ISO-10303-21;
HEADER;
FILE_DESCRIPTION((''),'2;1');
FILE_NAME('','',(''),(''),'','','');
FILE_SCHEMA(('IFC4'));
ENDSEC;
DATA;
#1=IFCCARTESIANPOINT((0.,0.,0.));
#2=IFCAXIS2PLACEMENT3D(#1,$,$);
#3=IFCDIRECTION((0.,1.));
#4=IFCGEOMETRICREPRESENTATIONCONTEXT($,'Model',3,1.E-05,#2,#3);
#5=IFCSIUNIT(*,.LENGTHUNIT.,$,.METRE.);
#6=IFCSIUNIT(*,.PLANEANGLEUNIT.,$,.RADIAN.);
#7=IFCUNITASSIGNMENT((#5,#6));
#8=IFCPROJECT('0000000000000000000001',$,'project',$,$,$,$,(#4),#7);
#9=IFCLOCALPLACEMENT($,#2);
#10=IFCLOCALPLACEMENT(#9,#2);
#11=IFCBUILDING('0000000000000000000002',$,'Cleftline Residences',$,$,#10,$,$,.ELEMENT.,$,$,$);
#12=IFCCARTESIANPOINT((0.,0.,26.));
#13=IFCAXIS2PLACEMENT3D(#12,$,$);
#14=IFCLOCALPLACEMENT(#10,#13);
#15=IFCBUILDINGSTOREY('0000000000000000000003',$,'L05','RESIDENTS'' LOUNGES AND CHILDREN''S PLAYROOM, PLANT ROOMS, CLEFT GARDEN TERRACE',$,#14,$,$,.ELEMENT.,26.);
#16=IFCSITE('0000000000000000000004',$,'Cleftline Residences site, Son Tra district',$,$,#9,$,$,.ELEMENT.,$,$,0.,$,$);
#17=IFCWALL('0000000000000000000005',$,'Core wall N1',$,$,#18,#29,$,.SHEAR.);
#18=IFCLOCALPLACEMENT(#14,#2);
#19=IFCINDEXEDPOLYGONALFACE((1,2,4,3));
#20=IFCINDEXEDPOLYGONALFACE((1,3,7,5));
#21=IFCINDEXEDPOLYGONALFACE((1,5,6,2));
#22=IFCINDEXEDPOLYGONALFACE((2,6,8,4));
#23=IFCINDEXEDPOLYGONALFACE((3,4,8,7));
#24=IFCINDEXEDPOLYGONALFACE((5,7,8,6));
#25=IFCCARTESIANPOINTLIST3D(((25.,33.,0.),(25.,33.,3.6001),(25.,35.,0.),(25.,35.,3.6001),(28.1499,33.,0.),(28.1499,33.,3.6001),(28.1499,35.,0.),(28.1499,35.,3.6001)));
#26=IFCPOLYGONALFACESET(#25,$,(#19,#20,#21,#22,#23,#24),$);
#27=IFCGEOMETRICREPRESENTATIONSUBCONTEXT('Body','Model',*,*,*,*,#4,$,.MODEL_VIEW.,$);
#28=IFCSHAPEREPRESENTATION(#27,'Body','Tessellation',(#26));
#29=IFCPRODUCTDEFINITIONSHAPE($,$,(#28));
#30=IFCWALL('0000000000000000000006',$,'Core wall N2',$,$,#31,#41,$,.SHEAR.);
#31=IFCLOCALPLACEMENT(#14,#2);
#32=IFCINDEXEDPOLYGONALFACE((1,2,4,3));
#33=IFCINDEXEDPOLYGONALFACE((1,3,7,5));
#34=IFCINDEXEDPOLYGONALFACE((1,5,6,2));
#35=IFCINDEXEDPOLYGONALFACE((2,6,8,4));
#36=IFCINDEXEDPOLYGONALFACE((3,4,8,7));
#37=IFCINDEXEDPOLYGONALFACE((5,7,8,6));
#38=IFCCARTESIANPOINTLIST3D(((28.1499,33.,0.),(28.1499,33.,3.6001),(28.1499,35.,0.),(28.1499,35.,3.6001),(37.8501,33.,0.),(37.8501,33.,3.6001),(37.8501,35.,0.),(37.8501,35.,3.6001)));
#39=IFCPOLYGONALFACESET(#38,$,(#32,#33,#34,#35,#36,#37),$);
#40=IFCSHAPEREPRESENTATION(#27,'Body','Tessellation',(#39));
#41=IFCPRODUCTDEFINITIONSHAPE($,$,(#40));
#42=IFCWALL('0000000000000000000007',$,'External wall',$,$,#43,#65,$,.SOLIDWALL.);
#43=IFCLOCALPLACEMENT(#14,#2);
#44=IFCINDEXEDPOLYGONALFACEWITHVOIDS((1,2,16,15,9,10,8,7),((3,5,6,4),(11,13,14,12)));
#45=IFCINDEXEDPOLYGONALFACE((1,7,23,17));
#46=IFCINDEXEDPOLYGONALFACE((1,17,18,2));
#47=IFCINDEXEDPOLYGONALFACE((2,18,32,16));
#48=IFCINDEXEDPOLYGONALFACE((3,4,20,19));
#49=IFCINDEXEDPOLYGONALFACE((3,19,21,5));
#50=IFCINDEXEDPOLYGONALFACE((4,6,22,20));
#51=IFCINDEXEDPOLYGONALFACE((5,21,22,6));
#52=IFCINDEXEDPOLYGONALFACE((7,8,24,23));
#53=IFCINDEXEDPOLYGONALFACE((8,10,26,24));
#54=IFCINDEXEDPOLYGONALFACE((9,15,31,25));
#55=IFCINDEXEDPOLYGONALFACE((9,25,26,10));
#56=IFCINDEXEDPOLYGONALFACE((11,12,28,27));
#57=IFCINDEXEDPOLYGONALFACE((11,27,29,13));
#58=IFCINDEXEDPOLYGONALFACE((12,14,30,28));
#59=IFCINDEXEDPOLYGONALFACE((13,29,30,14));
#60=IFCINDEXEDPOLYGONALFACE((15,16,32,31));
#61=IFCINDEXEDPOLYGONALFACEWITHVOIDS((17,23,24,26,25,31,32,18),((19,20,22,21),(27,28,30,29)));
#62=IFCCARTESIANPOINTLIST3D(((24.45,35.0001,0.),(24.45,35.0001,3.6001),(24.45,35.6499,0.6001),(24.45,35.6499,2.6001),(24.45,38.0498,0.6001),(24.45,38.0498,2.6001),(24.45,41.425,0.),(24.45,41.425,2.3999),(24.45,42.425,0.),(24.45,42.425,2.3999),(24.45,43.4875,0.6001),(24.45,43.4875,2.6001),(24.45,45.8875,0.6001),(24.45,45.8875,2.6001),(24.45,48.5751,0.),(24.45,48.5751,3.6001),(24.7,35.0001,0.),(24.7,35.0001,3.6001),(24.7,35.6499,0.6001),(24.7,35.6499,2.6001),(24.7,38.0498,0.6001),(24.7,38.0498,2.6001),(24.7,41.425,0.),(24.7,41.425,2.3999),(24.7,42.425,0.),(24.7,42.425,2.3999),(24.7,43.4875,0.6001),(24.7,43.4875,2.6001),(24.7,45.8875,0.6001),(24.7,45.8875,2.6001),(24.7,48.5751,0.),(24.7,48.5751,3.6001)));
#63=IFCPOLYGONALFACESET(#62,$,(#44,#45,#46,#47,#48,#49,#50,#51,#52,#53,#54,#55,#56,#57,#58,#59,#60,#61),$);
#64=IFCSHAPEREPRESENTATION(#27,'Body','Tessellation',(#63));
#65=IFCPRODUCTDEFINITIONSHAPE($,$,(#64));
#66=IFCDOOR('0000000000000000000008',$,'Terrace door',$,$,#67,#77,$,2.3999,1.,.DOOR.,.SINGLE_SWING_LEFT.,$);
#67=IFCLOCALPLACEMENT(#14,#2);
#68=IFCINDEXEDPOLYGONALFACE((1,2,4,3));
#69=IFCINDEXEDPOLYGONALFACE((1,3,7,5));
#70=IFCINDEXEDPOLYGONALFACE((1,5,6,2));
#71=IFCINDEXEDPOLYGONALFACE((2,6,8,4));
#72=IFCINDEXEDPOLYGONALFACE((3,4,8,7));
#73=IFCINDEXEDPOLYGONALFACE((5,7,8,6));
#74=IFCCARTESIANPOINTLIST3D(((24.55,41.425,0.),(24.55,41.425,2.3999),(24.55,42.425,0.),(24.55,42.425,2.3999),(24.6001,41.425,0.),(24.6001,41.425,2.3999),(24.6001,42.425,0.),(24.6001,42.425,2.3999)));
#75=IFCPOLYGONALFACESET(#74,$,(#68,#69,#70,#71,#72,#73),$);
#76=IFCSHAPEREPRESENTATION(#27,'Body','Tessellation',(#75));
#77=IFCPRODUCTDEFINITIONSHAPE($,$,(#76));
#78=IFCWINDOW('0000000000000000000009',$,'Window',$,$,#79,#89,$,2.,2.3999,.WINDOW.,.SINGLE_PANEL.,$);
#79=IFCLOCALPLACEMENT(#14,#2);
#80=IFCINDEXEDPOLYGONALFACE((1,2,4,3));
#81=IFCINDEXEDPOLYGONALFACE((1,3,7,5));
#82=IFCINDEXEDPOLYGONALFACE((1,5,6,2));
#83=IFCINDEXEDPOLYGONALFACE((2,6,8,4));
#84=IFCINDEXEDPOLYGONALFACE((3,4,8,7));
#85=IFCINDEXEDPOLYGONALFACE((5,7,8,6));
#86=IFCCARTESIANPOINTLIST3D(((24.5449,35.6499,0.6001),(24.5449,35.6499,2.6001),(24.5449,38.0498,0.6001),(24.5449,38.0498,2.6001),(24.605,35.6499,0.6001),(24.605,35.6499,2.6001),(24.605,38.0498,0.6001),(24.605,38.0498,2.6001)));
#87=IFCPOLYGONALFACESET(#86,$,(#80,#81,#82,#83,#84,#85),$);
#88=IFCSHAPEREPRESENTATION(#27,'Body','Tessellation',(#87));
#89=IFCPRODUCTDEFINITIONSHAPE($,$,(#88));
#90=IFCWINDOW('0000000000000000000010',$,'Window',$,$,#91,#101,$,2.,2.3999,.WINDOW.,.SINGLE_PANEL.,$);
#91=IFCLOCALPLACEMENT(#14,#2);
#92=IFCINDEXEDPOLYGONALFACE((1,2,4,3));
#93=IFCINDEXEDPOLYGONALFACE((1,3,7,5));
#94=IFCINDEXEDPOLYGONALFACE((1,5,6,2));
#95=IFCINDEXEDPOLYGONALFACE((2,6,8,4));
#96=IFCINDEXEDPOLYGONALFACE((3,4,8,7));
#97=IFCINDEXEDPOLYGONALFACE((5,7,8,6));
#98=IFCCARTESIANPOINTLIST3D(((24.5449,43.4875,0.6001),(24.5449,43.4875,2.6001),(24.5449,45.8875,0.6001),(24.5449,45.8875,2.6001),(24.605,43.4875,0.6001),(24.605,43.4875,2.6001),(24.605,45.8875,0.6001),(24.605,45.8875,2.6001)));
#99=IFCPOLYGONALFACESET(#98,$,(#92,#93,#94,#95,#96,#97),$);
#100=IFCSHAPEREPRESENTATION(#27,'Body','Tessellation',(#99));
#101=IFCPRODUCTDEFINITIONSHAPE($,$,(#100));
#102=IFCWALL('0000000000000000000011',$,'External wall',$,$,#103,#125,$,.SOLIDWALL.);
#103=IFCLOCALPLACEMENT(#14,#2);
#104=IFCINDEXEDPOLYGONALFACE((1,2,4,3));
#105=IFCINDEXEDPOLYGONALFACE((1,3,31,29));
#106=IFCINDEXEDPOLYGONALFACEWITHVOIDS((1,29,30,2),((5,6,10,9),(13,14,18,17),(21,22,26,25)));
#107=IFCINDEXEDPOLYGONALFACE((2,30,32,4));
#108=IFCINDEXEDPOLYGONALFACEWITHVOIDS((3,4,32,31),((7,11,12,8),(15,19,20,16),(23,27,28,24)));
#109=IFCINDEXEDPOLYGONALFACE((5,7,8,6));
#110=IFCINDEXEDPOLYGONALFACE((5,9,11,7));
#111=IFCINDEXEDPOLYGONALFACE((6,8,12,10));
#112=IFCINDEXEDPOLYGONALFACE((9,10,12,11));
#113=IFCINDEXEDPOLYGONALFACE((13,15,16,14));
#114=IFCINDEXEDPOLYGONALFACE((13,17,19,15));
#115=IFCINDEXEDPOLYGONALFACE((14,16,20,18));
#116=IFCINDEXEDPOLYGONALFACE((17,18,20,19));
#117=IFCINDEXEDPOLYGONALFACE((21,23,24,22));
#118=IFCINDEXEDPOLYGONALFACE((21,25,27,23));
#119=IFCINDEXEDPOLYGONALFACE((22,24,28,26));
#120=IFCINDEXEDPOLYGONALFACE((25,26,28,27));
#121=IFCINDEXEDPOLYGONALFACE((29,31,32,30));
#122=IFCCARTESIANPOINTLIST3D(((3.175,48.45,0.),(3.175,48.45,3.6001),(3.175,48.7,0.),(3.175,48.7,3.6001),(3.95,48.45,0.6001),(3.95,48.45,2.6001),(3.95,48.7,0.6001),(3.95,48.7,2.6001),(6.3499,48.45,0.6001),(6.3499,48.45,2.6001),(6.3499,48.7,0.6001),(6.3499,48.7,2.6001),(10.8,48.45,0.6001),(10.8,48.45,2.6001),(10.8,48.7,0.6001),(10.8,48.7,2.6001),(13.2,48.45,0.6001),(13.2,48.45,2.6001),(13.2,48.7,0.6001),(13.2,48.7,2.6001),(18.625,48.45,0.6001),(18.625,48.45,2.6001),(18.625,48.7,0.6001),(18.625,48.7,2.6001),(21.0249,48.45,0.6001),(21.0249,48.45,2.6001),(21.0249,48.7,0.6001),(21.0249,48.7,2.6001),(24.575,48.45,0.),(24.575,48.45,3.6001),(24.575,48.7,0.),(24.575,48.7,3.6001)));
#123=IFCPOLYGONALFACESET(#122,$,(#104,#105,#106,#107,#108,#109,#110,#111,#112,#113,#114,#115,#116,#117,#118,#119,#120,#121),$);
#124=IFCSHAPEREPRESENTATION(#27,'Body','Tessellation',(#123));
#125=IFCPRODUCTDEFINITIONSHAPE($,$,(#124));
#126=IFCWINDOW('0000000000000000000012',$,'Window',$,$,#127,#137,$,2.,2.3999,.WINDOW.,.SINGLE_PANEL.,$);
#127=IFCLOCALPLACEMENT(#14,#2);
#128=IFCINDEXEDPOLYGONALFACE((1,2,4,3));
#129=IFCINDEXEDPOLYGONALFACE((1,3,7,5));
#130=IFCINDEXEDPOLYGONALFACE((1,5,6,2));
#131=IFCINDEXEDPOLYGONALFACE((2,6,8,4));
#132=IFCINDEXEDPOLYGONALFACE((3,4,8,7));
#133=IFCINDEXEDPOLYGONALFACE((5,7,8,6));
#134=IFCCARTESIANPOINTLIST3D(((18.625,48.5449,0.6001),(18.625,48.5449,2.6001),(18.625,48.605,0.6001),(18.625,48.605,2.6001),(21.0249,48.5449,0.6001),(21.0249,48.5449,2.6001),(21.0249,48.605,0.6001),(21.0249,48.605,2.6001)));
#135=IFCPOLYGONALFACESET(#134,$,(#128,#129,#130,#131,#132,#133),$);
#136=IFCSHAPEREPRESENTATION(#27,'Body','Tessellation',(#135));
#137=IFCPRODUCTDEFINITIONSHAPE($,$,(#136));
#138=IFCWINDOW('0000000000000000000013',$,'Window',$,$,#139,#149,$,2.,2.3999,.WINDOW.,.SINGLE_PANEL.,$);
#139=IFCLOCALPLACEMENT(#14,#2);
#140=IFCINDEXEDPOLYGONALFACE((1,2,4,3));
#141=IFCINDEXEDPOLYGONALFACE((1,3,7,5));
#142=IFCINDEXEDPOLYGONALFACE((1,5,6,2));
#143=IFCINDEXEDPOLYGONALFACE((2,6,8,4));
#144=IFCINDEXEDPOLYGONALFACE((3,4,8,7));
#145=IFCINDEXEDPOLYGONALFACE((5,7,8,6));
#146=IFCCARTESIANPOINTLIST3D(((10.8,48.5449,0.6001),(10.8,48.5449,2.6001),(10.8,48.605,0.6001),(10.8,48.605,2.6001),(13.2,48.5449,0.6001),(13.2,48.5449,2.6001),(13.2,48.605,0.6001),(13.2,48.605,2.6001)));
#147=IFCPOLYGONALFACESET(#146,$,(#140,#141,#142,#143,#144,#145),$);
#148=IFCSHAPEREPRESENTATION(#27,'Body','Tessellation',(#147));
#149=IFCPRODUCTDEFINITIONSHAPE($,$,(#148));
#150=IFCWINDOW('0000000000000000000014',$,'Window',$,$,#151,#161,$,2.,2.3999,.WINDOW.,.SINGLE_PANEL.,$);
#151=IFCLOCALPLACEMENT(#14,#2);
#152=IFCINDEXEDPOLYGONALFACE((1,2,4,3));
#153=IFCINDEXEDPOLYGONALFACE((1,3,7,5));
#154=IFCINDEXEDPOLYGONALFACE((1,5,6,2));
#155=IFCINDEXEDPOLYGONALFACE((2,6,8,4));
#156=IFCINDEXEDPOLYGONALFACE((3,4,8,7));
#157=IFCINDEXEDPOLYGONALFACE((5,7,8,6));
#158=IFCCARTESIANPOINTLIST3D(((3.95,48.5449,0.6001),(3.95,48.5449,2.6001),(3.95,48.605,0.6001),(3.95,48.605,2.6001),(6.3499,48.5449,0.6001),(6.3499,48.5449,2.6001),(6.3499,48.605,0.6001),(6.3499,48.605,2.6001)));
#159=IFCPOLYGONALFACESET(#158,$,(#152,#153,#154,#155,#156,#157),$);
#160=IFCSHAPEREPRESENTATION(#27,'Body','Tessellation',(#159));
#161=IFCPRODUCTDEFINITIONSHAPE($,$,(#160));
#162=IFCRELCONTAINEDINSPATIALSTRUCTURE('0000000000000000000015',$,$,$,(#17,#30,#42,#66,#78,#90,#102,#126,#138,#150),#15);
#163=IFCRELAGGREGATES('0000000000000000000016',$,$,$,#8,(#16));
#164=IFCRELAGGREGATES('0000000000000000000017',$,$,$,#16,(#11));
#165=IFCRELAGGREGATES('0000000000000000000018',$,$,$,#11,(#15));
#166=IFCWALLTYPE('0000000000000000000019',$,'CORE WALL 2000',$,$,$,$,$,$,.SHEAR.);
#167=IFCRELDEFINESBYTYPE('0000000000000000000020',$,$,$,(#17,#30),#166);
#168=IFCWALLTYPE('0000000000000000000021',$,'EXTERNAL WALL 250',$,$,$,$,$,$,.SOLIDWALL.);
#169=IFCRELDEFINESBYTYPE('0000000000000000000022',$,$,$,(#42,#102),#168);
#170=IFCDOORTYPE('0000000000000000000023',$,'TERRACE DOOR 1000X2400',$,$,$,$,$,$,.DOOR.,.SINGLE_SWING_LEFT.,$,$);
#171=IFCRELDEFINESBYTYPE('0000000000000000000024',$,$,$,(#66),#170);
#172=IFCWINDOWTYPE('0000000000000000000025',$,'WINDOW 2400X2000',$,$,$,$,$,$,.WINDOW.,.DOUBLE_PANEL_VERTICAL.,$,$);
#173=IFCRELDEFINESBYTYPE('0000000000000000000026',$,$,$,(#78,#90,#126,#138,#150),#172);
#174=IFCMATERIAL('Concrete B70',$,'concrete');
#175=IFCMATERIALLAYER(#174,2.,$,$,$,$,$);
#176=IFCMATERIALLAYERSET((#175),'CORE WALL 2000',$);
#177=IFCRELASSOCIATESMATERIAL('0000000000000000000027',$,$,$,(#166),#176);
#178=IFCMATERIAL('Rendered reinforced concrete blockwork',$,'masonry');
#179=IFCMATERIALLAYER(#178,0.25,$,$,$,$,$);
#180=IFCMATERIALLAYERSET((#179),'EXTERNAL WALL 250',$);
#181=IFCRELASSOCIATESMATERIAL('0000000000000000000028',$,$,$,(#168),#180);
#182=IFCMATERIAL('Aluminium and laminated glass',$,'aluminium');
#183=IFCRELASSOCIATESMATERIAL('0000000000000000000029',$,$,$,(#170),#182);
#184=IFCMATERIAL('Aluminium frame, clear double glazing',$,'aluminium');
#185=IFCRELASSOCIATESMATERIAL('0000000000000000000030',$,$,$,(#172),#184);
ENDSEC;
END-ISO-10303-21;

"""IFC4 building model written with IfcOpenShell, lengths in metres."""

from ifc_helpers import new_model, si_unit, direction, frame, frame_2d, origin, place, context, subcontext, project, spatial, rectangle, extrude, material, layer, layer_set, type_object, element, fill, save


model = new_model("IFC4")

# Units and contexts
model_context = context("Model", 3, precision=1e-05, world=origin(), true_north=direction((0.0, 1.0)))
body_context = subcontext(model_context, "Body", "Model", "MODEL_VIEW")
ifc_project = project(units=[si_unit("LENGTHUNIT", "METRE"), si_unit("PLANEANGLEUNIT", "RADIAN")], contexts=[model_context])

# Site, building, storey
site_placement = place(None, origin())
site = spatial("IfcSite", under=ifc_project, at=site_placement, Name="Cleftline Residences site, Son Tra district", CompositionType="ELEMENT", RefElevation=0.0)
building_placement = place(site_placement, origin())
building = spatial("IfcBuilding", under=site, at=building_placement, Name="Cleftline Residences", CompositionType="ELEMENT")
storey_placement = place(building_placement, frame((0.0, 0.0, 26.0)))
storey = spatial("IfcBuildingStorey", under=building, at=storey_placement, Name="L05", Description="RESIDENTS' LOUNGES AND CHILDREN'S PLAYROOM, PLANT ROOMS, CLEFT GARDEN TERRACE", CompositionType="ELEMENT", Elevation=26.0)

# Walls
ifc_material_1 = material(Name="Concrete B70", Category="concrete")
ifc_layer_1 = layer(ifc_material_1, 2.0)
ifc_layer_set_1 = layer_set([ifc_layer_1], Name="CORE WALL 2000")
wall_type_1 = type_object("IfcWallType", Name="CORE WALL 2000", PredefinedType="SHEAR", material=ifc_layer_set_1)
wall_1_placement = place(storey_placement, frame((25.0, 34.0, 0.0), z_axis=(0.0, 0.0, 1.0), x_axis=(1.0, 0.0, 0.0)))
element("IfcWall", 1, at=wall_1_placement, inside=storey, type_object=wall_type_1, Name="Core wall N1", PredefinedType="SHEAR", context=body_context, shape_type="SweptSolid", body=[
    extrude(rectangle(XDim=3.1499, YDim=2.0, at=frame_2d((1.575, 0.0))), origin(), (0.0, 0.0, 1.0), 3.6001),
])
wall_2_placement = place(storey_placement, frame((28.1499, 34.0, 0.0), z_axis=(0.0, 0.0, 1.0), x_axis=(1.0, 0.0, 0.0)))
element("IfcWall", 2, at=wall_2_placement, inside=storey, type_object=wall_type_1, Name="Core wall N2", PredefinedType="SHEAR", context=body_context, shape_type="SweptSolid", body=[
    extrude(rectangle(XDim=9.7002, YDim=2.0, at=frame_2d((4.8501, 0.0))), origin(), (0.0, 0.0, 1.0), 3.6001),
])

# Wall, openings, door, windows
ifc_material_2 = material(Name="Rendered reinforced concrete blockwork", Category="masonry")
ifc_layer_2 = layer(ifc_material_2, 0.25)
ifc_layer_set_2 = layer_set([ifc_layer_2], Name="EXTERNAL WALL 250")
wall_type_2 = type_object("IfcWallType", Name="EXTERNAL WALL 250", PredefinedType="SOLIDWALL", material=ifc_layer_set_2)
wall_3_placement = place(storey_placement, frame((24.575, 35.0, 0.0), z_axis=(0.0, 0.0, 1.0), x_axis=(0.0, 1.0, 0.0)))
wall_3 = element("IfcWall", 3, at=wall_3_placement, inside=storey, type_object=wall_type_2, Name="External wall", PredefinedType="SOLIDWALL", context=body_context, shape_type="SweptSolid", body=[
    extrude(rectangle(XDim=13.575, YDim=0.25, at=frame_2d((6.7876, 0.0))), origin(), (0.0, 0.0, 1.0), 3.6001),
])
opening_1_placement = place(wall_3_placement, frame((6.425, 0.0, 0.0)))
opening_1 = element("IfcOpeningElement", 4, at=opening_1_placement, cuts=wall_3, PredefinedType="OPENING", context=body_context, shape_type="SweptSolid", body=[
    extrude(rectangle(XDim=1.0, YDim=2.3999, at=frame_2d((0.5, 1.2))), frame((0.0, 0.135, 0.0), z_axis=(0.0, -1.0, 0.0), x_axis=(1.0, 0.0, 0.0)), (0.0, 0.0, 1.0), 0.27),
])
opening_2_placement = place(wall_3_placement, frame((0.6499, 0.0, 0.6001)))
opening_2 = element("IfcOpeningElement", 5, at=opening_2_placement, cuts=wall_3, PredefinedType="OPENING", context=body_context, shape_type="SweptSolid", body=[
    extrude(rectangle(XDim=2.3999, YDim=2.0, at=frame_2d((1.2, 1.0))), frame((0.0, 0.135, 0.0), z_axis=(0.0, -1.0, 0.0), x_axis=(1.0, 0.0, 0.0)), (0.0, 0.0, 1.0), 0.27),
])
opening_3_placement = place(wall_3_placement, frame((8.4875, 0.0, 0.6001)))
opening_3 = element("IfcOpeningElement", 6, at=opening_3_placement, cuts=wall_3, PredefinedType="OPENING", context=body_context, shape_type="SweptSolid", body=[
    extrude(rectangle(XDim=2.3999, YDim=2.0, at=frame_2d((1.2, 1.0))), frame((0.0, 0.135, 0.0), z_axis=(0.0, -1.0, 0.0), x_axis=(1.0, 0.0, 0.0)), (0.0, 0.0, 1.0), 0.27),
])
ifc_material_3 = material(Name="Aluminium and laminated glass", Category="aluminium")
door_type_1 = type_object("IfcDoorType", Name="TERRACE DOOR 1000X2400", OperationType="SINGLE_SWING_LEFT", PredefinedType="DOOR", material=ifc_material_3)
door_1_placement = place(opening_1_placement, origin())
door_1 = element("IfcDoor", 7, at=door_1_placement, inside=storey, type_object=door_type_1, Name="Terrace door", OperationType="SINGLE_SWING_LEFT", OverallHeight=2.3999, OverallWidth=1.0, PredefinedType="DOOR", context=body_context, shape_type="SweptSolid", body=[
    extrude(rectangle(XDim=1.0, YDim=2.3999, at=frame_2d((0.5, 1.2))), frame((0.0, 0.0249, 0.0), z_axis=(0.0, -1.0, 0.0), x_axis=(1.0, 0.0, 0.0)), (0.0, 0.0, 1.0), 0.05),
])
fill(opening_1, door_1)
ifc_material_4 = material(Name="Aluminium frame, clear double glazing", Category="aluminium")
window_type = type_object("IfcWindowType", Name="WINDOW 2400X2000", PartitioningType="DOUBLE_PANEL_VERTICAL", PredefinedType="WINDOW", material=ifc_material_4)
window_1_placement = place(opening_2_placement, origin())
window_1 = element("IfcWindow", 8, at=window_1_placement, inside=storey, type_object=window_type, Name="Window", OverallHeight=2.0, OverallWidth=2.3999, PartitioningType="SINGLE_PANEL", PredefinedType="WINDOW", context=body_context, shape_type="SweptSolid", body=[
    extrude(rectangle(XDim=2.3999, YDim=2.0, at=frame_2d((1.2, 1.0))), frame((0.0, 0.03, 0.0), z_axis=(0.0, -1.0, 0.0), x_axis=(1.0, 0.0, 0.0)), (0.0, 0.0, 1.0), 0.0601),
])
fill(opening_2, window_1)
window_2_placement = place(opening_3_placement, origin())
window_2 = element("IfcWindow", 9, at=window_2_placement, inside=storey, type_object=window_type, Name="Window", OverallHeight=2.0, OverallWidth=2.3999, PartitioningType="SINGLE_PANEL", PredefinedType="WINDOW", context=body_context, shape_type="SweptSolid", body=[
    extrude(rectangle(XDim=2.3999, YDim=2.0, at=frame_2d((1.2, 1.0))), frame((0.0, 0.03, 0.0), z_axis=(0.0, -1.0, 0.0), x_axis=(1.0, 0.0, 0.0)), (0.0, 0.0, 1.0), 0.0601),
])
fill(opening_3, window_2)

# Wall, openings, windows
wall_4_placement = place(storey_placement, frame((24.575, 48.575, 0.0), z_axis=(0.0, 0.0, 1.0), x_axis=(-1.0, 0.0, 0.0)))
wall_4 = element("IfcWall", 10, at=wall_4_placement, inside=storey, type_object=wall_type_2, Name="External wall", PredefinedType="SOLIDWALL", context=body_context, shape_type="SweptSolid", body=[
    extrude(rectangle(XDim=21.3999, YDim=0.25, at=frame_2d((10.7, 0.0))), origin(), (0.0, 0.0, 1.0), 3.6001),
])
opening_4_placement = place(wall_4_placement, frame((3.55, 0.0, 0.6001)))
opening_4 = element("IfcOpeningElement", 11, at=opening_4_placement, cuts=wall_4, PredefinedType="OPENING", context=body_context, shape_type="SweptSolid", body=[
    extrude(rectangle(XDim=2.3999, YDim=2.0, at=frame_2d((1.2, 1.0))), frame((0.0, 0.135, 0.0), z_axis=(0.0, -1.0, 0.0), x_axis=(1.0, 0.0, 0.0)), (0.0, 0.0, 1.0), 0.27),
])
opening_5_placement = place(wall_4_placement, frame((11.375, 0.0, 0.6001)))
opening_5 = element("IfcOpeningElement", 12, at=opening_5_placement, cuts=wall_4, PredefinedType="OPENING", context=body_context, shape_type="SweptSolid", body=[
    extrude(rectangle(XDim=2.3999, YDim=2.0, at=frame_2d((1.2, 1.0))), frame((0.0, 0.135, 0.0), z_axis=(0.0, -1.0, 0.0), x_axis=(1.0, 0.0, 0.0)), (0.0, 0.0, 1.0), 0.27),
])
opening_6_placement = place(wall_4_placement, frame((18.2251, 0.0, 0.6001)))
opening_6 = element("IfcOpeningElement", 13, at=opening_6_placement, cuts=wall_4, PredefinedType="OPENING", context=body_context, shape_type="SweptSolid", body=[
    extrude(rectangle(XDim=2.3999, YDim=2.0, at=frame_2d((1.2, 1.0))), frame((0.0, 0.135, 0.0), z_axis=(0.0, -1.0, 0.0), x_axis=(1.0, 0.0, 0.0)), (0.0, 0.0, 1.0), 0.27),
])
window_3_placement = place(opening_4_placement, origin())
window_3 = element("IfcWindow", 14, at=window_3_placement, inside=storey, type_object=window_type, Name="Window", OverallHeight=2.0, OverallWidth=2.3999, PartitioningType="SINGLE_PANEL", PredefinedType="WINDOW", context=body_context, shape_type="SweptSolid", body=[
    extrude(rectangle(XDim=2.3999, YDim=2.0, at=frame_2d((1.2, 1.0))), frame((0.0, 0.03, 0.0), z_axis=(0.0, -1.0, 0.0), x_axis=(1.0, 0.0, 0.0)), (0.0, 0.0, 1.0), 0.0601),
])
fill(opening_4, window_3)
window_4_placement = place(opening_5_placement, origin())
window_4 = element("IfcWindow", 15, at=window_4_placement, inside=storey, type_object=window_type, Name="Window", OverallHeight=2.0, OverallWidth=2.3999, PartitioningType="SINGLE_PANEL", PredefinedType="WINDOW", context=body_context, shape_type="SweptSolid", body=[
    extrude(rectangle(XDim=2.3999, YDim=2.0, at=frame_2d((1.2, 1.0))), frame((0.0, 0.03, 0.0), z_axis=(0.0, -1.0, 0.0), x_axis=(1.0, 0.0, 0.0)), (0.0, 0.0, 1.0), 0.0601),
])
fill(opening_5, window_4)
window_5_placement = place(opening_6_placement, origin())
window_5 = element("IfcWindow", 16, at=window_5_placement, inside=storey, type_object=window_type, Name="Window", OverallHeight=2.0, OverallWidth=2.3999, PartitioningType="SINGLE_PANEL", PredefinedType="WINDOW", context=body_context, shape_type="SweptSolid", body=[
    extrude(rectangle(XDim=2.3999, YDim=2.0, at=frame_2d((1.2, 1.0))), frame((0.0, 0.03, 0.0), z_axis=(0.0, -1.0, 0.0), x_axis=(1.0, 0.0, 0.0)), (0.0, 0.0, 1.0), 0.0601),
])
fill(opening_6, window_5)

save(model, "model.ifc")
